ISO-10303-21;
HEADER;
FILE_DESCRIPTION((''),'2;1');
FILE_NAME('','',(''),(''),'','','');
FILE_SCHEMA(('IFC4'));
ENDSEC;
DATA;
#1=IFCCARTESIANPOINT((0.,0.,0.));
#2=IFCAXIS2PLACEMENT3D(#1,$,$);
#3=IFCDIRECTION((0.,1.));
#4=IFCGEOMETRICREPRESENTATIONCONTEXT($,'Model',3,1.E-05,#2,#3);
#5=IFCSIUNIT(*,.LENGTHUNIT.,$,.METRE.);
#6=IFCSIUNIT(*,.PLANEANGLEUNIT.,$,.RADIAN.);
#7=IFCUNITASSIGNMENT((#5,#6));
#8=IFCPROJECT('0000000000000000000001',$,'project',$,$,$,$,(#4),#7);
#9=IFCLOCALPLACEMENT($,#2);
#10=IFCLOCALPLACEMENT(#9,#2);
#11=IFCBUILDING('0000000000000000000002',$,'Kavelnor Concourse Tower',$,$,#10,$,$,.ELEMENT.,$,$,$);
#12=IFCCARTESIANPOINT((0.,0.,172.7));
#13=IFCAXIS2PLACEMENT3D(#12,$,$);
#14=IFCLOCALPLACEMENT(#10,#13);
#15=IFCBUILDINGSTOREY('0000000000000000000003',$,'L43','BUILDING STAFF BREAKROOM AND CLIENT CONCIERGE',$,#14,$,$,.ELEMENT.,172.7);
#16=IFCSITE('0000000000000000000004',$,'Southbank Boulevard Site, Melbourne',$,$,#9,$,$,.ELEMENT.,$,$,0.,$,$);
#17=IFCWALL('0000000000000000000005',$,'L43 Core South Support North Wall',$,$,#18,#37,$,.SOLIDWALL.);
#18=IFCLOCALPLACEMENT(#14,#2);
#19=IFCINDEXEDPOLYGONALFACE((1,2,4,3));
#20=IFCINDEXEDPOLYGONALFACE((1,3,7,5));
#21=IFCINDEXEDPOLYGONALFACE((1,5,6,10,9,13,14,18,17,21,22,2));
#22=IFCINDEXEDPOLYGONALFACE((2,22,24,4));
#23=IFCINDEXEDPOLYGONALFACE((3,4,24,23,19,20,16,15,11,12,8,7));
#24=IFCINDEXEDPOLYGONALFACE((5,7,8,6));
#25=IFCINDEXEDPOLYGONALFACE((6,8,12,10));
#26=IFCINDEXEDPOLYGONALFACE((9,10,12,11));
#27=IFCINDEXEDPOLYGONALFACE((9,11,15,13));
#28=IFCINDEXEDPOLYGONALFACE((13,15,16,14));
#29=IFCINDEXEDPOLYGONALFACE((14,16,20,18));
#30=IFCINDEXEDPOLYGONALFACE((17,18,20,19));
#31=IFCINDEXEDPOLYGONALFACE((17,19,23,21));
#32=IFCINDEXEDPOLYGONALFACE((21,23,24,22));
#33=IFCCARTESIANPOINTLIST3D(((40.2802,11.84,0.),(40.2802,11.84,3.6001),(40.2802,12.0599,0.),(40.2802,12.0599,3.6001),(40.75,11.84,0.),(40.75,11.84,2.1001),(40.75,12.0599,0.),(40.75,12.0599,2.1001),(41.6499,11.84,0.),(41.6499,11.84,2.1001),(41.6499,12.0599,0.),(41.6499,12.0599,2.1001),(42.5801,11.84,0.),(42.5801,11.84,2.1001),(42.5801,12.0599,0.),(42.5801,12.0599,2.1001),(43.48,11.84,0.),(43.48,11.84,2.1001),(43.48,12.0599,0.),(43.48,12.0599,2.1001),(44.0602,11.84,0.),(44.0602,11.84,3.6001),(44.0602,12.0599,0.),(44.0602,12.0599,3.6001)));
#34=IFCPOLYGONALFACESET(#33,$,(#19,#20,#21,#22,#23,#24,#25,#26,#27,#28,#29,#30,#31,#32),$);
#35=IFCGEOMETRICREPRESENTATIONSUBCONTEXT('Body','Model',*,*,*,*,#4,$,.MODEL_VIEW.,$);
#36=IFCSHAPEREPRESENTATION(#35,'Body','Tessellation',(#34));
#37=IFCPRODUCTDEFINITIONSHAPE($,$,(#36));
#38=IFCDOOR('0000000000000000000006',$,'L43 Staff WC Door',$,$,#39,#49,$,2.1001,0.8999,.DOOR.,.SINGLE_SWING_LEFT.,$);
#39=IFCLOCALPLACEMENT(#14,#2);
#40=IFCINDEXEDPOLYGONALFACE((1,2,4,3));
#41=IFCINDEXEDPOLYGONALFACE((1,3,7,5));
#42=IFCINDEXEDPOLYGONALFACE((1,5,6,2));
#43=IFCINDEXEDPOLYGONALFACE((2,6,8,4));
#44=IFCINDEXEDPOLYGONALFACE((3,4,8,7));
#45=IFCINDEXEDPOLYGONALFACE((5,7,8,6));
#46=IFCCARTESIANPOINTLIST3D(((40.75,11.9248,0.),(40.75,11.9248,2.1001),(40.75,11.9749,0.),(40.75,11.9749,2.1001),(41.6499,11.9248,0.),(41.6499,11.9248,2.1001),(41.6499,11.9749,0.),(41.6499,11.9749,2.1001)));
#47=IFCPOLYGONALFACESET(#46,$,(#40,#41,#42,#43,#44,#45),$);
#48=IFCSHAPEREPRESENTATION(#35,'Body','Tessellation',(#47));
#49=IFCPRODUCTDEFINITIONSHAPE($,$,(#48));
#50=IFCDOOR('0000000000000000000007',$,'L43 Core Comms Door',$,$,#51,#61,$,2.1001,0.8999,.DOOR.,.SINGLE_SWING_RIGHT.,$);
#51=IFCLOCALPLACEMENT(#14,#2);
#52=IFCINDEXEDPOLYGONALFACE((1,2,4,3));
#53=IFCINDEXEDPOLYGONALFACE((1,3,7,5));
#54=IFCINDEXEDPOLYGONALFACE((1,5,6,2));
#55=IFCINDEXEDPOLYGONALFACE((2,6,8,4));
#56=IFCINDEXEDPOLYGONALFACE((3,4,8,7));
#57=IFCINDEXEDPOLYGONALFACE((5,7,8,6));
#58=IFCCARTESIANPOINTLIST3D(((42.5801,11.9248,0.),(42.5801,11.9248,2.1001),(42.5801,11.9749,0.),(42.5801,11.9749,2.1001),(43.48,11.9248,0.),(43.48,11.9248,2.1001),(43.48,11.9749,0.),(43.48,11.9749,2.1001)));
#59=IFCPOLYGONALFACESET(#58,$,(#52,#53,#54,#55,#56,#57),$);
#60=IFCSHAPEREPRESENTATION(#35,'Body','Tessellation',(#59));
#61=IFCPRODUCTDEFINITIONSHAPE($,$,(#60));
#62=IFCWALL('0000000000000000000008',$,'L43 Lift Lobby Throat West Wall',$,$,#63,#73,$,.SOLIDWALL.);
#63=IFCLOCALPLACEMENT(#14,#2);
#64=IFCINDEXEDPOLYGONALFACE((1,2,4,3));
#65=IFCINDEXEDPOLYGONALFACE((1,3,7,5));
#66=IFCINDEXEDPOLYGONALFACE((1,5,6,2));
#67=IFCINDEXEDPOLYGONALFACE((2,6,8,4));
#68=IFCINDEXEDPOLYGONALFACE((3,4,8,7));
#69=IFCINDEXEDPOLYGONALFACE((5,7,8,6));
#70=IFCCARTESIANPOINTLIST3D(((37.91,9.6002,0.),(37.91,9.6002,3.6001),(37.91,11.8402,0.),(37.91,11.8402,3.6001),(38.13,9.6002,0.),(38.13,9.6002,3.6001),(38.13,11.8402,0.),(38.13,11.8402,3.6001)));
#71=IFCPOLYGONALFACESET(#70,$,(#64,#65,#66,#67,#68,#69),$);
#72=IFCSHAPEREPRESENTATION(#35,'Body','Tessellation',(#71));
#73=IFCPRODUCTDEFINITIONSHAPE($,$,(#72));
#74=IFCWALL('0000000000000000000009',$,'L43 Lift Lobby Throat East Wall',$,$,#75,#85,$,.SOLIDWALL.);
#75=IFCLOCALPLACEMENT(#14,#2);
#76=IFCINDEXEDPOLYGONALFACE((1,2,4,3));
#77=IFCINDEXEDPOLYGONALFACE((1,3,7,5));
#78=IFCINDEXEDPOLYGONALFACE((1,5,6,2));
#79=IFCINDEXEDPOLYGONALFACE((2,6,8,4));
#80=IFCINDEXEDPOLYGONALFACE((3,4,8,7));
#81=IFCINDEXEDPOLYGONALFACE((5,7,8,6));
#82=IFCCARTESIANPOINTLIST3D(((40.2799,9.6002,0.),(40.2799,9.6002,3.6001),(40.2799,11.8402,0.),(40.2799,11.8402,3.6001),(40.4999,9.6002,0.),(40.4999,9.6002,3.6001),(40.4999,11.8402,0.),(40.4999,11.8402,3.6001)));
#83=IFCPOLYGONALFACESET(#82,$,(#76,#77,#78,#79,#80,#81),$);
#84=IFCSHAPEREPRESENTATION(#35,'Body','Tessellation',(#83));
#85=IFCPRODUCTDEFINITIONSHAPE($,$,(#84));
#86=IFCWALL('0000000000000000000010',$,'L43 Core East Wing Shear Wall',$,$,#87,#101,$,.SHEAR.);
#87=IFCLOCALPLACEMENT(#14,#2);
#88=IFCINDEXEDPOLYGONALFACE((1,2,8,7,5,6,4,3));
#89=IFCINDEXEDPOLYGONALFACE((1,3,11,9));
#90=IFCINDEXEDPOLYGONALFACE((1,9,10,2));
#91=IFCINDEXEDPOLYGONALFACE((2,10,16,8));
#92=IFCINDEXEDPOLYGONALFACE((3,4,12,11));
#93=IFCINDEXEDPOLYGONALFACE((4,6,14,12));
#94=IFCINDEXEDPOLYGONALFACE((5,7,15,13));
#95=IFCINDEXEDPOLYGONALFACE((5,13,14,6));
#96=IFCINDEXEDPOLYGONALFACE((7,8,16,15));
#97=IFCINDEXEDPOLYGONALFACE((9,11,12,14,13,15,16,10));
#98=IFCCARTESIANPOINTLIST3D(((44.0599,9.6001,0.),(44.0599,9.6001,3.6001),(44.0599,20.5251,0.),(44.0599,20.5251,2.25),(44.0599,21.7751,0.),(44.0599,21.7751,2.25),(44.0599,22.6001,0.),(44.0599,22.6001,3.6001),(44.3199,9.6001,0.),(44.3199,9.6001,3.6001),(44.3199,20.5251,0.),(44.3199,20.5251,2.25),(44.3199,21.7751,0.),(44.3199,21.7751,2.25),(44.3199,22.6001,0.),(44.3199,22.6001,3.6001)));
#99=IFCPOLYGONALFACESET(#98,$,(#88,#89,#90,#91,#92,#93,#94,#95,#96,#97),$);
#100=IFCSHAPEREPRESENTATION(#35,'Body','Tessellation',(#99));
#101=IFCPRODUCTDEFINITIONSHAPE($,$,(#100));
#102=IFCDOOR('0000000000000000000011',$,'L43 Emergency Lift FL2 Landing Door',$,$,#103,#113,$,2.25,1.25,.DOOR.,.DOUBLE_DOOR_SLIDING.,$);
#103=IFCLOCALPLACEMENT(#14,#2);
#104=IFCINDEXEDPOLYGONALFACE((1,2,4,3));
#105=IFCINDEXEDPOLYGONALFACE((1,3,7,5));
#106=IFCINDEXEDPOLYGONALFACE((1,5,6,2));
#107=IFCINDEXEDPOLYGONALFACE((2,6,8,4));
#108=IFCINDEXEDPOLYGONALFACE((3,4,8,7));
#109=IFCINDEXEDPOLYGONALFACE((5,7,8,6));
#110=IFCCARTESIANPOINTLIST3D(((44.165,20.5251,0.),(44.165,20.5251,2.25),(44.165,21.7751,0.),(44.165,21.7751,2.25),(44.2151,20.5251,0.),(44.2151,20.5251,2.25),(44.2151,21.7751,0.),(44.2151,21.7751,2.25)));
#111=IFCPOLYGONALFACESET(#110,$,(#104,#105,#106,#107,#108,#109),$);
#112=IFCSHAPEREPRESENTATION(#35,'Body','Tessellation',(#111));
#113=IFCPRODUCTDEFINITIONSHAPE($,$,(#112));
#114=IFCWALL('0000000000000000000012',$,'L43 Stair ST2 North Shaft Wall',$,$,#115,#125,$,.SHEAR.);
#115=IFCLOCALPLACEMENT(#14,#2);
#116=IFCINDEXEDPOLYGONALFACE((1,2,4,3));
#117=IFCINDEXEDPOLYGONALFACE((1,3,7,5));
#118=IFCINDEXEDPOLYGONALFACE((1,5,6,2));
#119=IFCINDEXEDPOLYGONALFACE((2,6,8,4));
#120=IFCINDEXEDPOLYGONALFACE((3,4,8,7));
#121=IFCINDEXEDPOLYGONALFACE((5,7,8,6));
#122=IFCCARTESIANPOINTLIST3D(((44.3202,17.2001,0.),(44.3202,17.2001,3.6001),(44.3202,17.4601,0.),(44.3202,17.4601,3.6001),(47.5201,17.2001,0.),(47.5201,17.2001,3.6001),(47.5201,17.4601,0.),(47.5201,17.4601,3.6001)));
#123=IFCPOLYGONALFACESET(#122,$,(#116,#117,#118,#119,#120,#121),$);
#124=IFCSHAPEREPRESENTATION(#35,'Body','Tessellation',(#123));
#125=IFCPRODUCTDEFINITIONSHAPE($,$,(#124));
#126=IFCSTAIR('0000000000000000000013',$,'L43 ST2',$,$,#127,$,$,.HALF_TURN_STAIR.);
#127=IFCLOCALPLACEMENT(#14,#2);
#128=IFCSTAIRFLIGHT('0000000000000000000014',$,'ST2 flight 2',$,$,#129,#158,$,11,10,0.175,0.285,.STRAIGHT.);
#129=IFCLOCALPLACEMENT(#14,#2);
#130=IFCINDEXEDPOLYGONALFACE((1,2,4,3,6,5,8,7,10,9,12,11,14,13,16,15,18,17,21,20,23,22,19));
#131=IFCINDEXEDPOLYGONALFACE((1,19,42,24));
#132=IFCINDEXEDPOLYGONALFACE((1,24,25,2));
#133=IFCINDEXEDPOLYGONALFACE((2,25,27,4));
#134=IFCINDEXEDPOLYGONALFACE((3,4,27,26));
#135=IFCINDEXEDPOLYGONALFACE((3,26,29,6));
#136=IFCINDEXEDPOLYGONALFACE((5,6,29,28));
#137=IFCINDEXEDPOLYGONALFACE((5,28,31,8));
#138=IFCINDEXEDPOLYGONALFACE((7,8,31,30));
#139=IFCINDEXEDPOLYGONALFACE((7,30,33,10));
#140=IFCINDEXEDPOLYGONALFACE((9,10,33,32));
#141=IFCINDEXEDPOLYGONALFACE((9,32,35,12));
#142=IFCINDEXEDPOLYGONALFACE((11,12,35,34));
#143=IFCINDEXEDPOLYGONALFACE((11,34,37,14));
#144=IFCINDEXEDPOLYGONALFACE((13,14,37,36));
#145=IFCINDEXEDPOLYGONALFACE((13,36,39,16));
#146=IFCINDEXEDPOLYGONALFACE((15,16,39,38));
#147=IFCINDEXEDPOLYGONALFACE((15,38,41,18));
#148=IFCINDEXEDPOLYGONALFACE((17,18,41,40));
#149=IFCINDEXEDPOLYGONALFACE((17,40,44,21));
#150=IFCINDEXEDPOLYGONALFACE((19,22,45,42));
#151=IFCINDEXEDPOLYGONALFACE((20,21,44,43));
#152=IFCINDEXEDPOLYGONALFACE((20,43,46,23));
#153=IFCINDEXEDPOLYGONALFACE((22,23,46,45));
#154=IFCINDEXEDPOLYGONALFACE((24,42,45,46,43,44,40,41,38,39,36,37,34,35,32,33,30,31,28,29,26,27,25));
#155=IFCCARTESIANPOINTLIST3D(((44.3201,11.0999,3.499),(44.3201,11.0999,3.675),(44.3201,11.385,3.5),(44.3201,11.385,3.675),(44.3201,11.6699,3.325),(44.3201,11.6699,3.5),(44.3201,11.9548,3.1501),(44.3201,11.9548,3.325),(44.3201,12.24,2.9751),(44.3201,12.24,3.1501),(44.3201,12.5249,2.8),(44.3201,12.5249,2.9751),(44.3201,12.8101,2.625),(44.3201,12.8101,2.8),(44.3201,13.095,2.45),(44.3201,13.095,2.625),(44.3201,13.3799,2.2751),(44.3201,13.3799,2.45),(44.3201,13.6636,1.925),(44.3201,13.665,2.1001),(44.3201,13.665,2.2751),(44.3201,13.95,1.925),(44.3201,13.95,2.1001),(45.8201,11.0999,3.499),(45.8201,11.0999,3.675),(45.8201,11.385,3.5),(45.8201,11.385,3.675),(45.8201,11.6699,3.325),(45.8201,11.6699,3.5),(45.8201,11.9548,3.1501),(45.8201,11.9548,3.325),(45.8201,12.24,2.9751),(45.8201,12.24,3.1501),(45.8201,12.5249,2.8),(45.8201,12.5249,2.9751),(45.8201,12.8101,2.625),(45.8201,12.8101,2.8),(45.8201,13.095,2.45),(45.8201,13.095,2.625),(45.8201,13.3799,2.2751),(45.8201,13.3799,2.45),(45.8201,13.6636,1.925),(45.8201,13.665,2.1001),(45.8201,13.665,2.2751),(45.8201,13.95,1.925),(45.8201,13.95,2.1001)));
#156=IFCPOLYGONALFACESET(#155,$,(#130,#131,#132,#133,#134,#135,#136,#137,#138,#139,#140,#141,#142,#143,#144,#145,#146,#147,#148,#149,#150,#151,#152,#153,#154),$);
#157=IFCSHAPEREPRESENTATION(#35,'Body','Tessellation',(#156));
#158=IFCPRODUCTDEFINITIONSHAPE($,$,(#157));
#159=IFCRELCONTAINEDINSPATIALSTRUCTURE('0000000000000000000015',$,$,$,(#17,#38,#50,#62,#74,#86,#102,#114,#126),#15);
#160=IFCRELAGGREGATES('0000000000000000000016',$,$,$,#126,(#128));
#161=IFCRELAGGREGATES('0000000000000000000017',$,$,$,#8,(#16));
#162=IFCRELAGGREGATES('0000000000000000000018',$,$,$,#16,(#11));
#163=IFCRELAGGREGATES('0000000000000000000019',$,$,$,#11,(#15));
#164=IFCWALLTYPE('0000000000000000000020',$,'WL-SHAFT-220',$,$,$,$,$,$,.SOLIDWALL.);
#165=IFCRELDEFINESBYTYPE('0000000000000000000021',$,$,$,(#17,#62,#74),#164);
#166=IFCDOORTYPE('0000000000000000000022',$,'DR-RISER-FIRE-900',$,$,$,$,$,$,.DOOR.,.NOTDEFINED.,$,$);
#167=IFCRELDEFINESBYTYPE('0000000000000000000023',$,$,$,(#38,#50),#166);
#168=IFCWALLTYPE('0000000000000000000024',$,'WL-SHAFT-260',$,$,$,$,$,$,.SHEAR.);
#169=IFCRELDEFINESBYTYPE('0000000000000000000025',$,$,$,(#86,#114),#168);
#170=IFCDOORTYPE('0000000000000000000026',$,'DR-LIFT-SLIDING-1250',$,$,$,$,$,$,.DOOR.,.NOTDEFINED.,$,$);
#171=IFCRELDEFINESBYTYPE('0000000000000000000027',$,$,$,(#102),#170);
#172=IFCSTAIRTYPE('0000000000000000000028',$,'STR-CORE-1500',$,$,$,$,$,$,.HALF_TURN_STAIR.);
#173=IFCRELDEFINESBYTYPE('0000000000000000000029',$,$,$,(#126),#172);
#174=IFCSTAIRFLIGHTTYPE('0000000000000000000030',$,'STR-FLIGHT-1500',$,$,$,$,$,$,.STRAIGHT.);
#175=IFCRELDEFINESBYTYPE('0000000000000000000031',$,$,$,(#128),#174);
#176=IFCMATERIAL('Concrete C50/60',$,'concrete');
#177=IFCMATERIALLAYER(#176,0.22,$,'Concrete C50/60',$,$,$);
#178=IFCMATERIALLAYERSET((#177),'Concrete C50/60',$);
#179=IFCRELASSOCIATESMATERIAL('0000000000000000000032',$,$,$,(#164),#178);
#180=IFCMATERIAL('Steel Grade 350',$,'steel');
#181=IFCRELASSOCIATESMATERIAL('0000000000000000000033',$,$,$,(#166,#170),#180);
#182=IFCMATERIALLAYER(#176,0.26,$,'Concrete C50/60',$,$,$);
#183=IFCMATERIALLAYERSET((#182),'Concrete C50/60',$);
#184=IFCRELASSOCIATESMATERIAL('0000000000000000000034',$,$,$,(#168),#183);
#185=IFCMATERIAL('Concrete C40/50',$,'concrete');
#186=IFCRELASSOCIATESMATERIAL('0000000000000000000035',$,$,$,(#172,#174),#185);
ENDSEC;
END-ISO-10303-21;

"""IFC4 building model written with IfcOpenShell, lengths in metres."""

from ifc_helpers import new_model, si_unit, direction, frame, frame_2d, origin, place, context, subcontext, project, spatial, polyline, rectangle, outline, extrude, material, layer, layer_set, type_object, element, fill, aggregate, save


model = new_model("IFC4")

# Units and contexts
model_context = context("Model", 3, precision=1e-05, world=origin(), true_north=direction((0.0, 1.0)))
body_context = subcontext(model_context, "Body", "Model", "MODEL_VIEW")
ifc_project = project(units=[si_unit("LENGTHUNIT", "METRE"), si_unit("PLANEANGLEUNIT", "RADIAN")], contexts=[model_context])

# Site, building, storey
site_placement = place(None, origin())
site = spatial("IfcSite", under=ifc_project, at=site_placement, Name="Southbank Boulevard Site, Melbourne", CompositionType="ELEMENT", RefElevation=0.0)
building_placement = place(site_placement, origin())
building = spatial("IfcBuilding", under=site, at=building_placement, Name="Kavelnor Concourse Tower", CompositionType="ELEMENT")
storey_placement = place(building_placement, frame((0.0, 0.0, 172.7)))
storey = spatial("IfcBuildingStorey", under=building, at=storey_placement, Name="L43", Description="BUILDING STAFF BREAKROOM AND CLIENT CONCIERGE", CompositionType="ELEMENT", Elevation=172.7)

# Shared definitions
ifc_material_1 = material(Name="Steel Grade 350", Category="steel")

# Shared definitions
ifc_material_2 = material(Name="Concrete C50/60", Category="concrete")
ifc_layer_1 = layer(ifc_material_2, 0.22, Name="Concrete C50/60")
ifc_layer_set_1 = layer_set([ifc_layer_1], Name="Concrete C50/60")
wall_type_1 = type_object("IfcWallType", Name="WL-SHAFT-220", PredefinedType="SOLIDWALL", material=ifc_layer_set_1)

# Wall, openings, doors
wall_1_placement = place(storey_placement, frame((40.28, 11.95, 0.0), z_axis=(0.0, 0.0, 1.0), x_axis=(1.0, 0.0, 0.0)))
wall_1 = element("IfcWall", 1, at=wall_1_placement, inside=storey, type_object=wall_type_1, Name="L43 Core South Support North Wall", PredefinedType="SOLIDWALL", context=body_context, shape_type="SweptSolid", body=[
    extrude(rectangle(XDim=3.78, YDim=0.22, at=frame_2d((1.8901, 0.0))), origin(), (0.0, 0.0, 1.0), 3.6001),
])
opening_1_placement = place(wall_1_placement, frame((0.47, 0.0, 0.0)))
opening_1 = element("IfcOpeningElement", 2, at=opening_1_placement, cuts=wall_1, PredefinedType="OPENING", context=body_context, shape_type="SweptSolid", body=[
    extrude(rectangle(XDim=0.8999, YDim=2.1001, at=frame_2d((0.45, 1.05))), frame((0.0, 0.1201, 0.0), z_axis=(0.0, -1.0, 0.0), x_axis=(1.0, 0.0, 0.0)), (0.0, 0.0, 1.0), 0.24),
])
opening_2_placement = place(wall_1_placement, frame((2.3, 0.0, 0.0)))
opening_2 = element("IfcOpeningElement", 3, at=opening_2_placement, cuts=wall_1, PredefinedType="OPENING", context=body_context, shape_type="SweptSolid", body=[
    extrude(rectangle(XDim=0.8999, YDim=2.1001, at=frame_2d((0.45, 1.05))), frame((0.0, 0.1201, 0.0), z_axis=(0.0, -1.0, 0.0), x_axis=(1.0, 0.0, 0.0)), (0.0, 0.0, 1.0), 0.24),
])
door_type_1 = type_object("IfcDoorType", Name="DR-RISER-FIRE-900", OperationType="NOTDEFINED", PredefinedType="DOOR", material=ifc_material_1)
door_1_placement = place(opening_1_placement, origin())
door_1 = element("IfcDoor", 4, at=door_1_placement, inside=storey, type_object=door_type_1, Name="L43 Staff WC Door", OperationType="SINGLE_SWING_LEFT", OverallHeight=2.1001, OverallWidth=0.8999, PredefinedType="DOOR", context=body_context, shape_type="SweptSolid", body=[
    extrude(rectangle(XDim=0.8999, YDim=2.1001, at=frame_2d((0.45, 1.05))), frame((0.0, 0.0249, 0.0), z_axis=(0.0, -1.0, 0.0), x_axis=(1.0, 0.0, 0.0)), (0.0, 0.0, 1.0), 0.05),
])
fill(opening_1, door_1)
door_2_placement = place(opening_2_placement, origin())
door_2 = element("IfcDoor", 5, at=door_2_placement, inside=storey, type_object=door_type_1, Name="L43 Core Comms Door", OperationType="SINGLE_SWING_RIGHT", OverallHeight=2.1001, OverallWidth=0.8999, PredefinedType="DOOR", context=body_context, shape_type="SweptSolid", body=[
    extrude(rectangle(XDim=0.8999, YDim=2.1001, at=frame_2d((0.45, 1.05))), frame((0.0, 0.0249, 0.0), z_axis=(0.0, -1.0, 0.0), x_axis=(1.0, 0.0, 0.0)), (0.0, 0.0, 1.0), 0.05),
])
fill(opening_2, door_2)

# Walls
for number, where, z_axis, x_axis, name in (
    (6, (38.02, 9.6001, 0.0), (0.0, 0.0, 1.0), (0.0, 1.0, 0.0), "L43 Lift Lobby Throat West Wall"),
    (7, (40.3899, 9.6001, 0.0), (0.0, 0.0, 1.0), (0.0, 1.0, 0.0), "L43 Lift Lobby Throat East Wall"),
):
    element("IfcWall", number, at=place(storey_placement, frame(where, z_axis=z_axis, x_axis=x_axis)), inside=storey, type_object=wall_type_1, Name=name, PredefinedType="SOLIDWALL", context=body_context, shape_type="SweptSolid", body=[
        extrude(rectangle(XDim=2.24, YDim=0.22, at=frame_2d((1.1201, 0.0))), origin(), (0.0, 0.0, 1.0), 3.6001),
    ])

# Wall, opening, door
ifc_layer_2 = layer(ifc_material_2, 0.26, Name="Concrete C50/60")
ifc_layer_set_2 = layer_set([ifc_layer_2], Name="Concrete C50/60")
wall_type_2 = type_object("IfcWallType", Name="WL-SHAFT-260", PredefinedType="SHEAR", material=ifc_layer_set_2)
wall_2_placement = place(storey_placement, frame((44.1899, 9.6001, 0.0), z_axis=(0.0, 0.0, 1.0), x_axis=(0.0, 1.0, 0.0)))
wall_2 = element("IfcWall", 8, at=wall_2_placement, inside=storey, type_object=wall_type_2, Name="L43 Core East Wing Shear Wall", PredefinedType="SHEAR", context=body_context, shape_type="SweptSolid", body=[
    extrude(rectangle(XDim=13.0, YDim=0.26, at=frame_2d((6.5, 0.0))), origin(), (0.0, 0.0, 1.0), 3.6001),
])
opening_3_placement = place(wall_2_placement, frame((10.925, 0.0, 0.0)))
opening_3 = element("IfcOpeningElement", 9, at=opening_3_placement, cuts=wall_2, PredefinedType="OPENING", context=body_context, shape_type="SweptSolid", body=[
    extrude(rectangle(XDim=1.25, YDim=2.25, at=frame_2d((0.625, 1.125))), frame((0.0, 0.1401, 0.0), z_axis=(0.0, -1.0, 0.0), x_axis=(1.0, 0.0, 0.0)), (0.0, 0.0, 1.0), 0.28),
])
door_type_2 = type_object("IfcDoorType", Name="DR-LIFT-SLIDING-1250", OperationType="NOTDEFINED", PredefinedType="DOOR", material=ifc_material_1)
door_3_placement = place(opening_3_placement, origin())
door_3 = element("IfcDoor", 10, at=door_3_placement, inside=storey, type_object=door_type_2, Name="L43 Emergency Lift FL2 Landing Door", OperationType="DOUBLE_DOOR_SLIDING", OverallHeight=2.25, OverallWidth=1.25, PredefinedType="DOOR", context=body_context, shape_type="SweptSolid", body=[
    extrude(rectangle(XDim=1.25, YDim=2.25, at=frame_2d((0.625, 1.125))), frame((0.0, 0.0249, 0.0), z_axis=(0.0, -1.0, 0.0), x_axis=(1.0, 0.0, 0.0)), (0.0, 0.0, 1.0), 0.05),
])
fill(opening_3, door_3)

# Wall
wall_3_placement = place(storey_placement, frame((44.3201, 17.3301, 0.0), z_axis=(0.0, 0.0, 1.0), x_axis=(1.0, 0.0, 0.0)))
element("IfcWall", 11, at=wall_3_placement, inside=storey, type_object=wall_type_2, Name="L43 Stair ST2 North Shaft Wall", PredefinedType="SHEAR", context=body_context, shape_type="SweptSolid", body=[
    extrude(rectangle(XDim=3.2, YDim=0.26, at=frame_2d((1.6001, 0.0))), origin(), (0.0, 0.0, 1.0), 3.6001),
])

# Stair, stair flight
ifc_material_3 = material(Name="Concrete C40/50", Category="concrete")
stair_type = type_object("IfcStairType", Name="STR-CORE-1500", PredefinedType="HALF_TURN_STAIR", material=ifc_material_3)
stair_placement = place(storey_placement, origin())
stair = element("IfcStair", 12, at=stair_placement, inside=storey, type_object=stair_type, Name="L43 ST2", PredefinedType="HALF_TURN_STAIR")
stair_flight_type = type_object("IfcStairFlightType", Name="STR-FLIGHT-1500", PredefinedType="STRAIGHT", material=ifc_material_3)
stair_flight_placement = place(storey_placement, frame((45.0701, 13.95, 1.925), z_axis=(0.0, 0.0, 1.0), x_axis=(0.0, -1.0, 0.0)))
stair_flight = element("IfcStairFlight", 13, at=stair_flight_placement, type_object=stair_flight_type, Name="ST2 flight 2", NumberOfRisers=11, NumberOfTreads=10, PredefinedType="STRAIGHT", RiserHeight=0.175, TreadLength=0.285, context=body_context, shape_type="SweptSolid", body=[
    extrude(outline(polyline([(0.0, 0.0), (0.0, 0.175), (0.2849, 0.175), (0.2849, 0.3501), (0.5701, 0.3501), (0.5701, 0.5249), (0.855, 0.5249), (0.855, 0.7), (1.1399, 0.7), (1.1399, 0.875), (1.425, 0.875), (1.425, 1.05), (1.71, 1.05), (1.71, 1.2251), (1.9951, 1.2251), (1.9951, 1.3999), (2.28, 1.3999), (2.28, 1.575), (2.5649, 1.575), (2.5649, 1.75), (2.8501, 1.75), (2.8501, 1.925), (2.8501, 1.574), (0.2864, 0.0), (0.0, 0.0)])), frame((0.0, 0.75, 0.0), z_axis=(0.0, -1.0, 0.0), x_axis=(1.0, 0.0, 0.0)), (0.0, 0.0, 1.0), 1.5),
])
aggregate(stair, [stair_flight])

save(model, "model.ifc")
